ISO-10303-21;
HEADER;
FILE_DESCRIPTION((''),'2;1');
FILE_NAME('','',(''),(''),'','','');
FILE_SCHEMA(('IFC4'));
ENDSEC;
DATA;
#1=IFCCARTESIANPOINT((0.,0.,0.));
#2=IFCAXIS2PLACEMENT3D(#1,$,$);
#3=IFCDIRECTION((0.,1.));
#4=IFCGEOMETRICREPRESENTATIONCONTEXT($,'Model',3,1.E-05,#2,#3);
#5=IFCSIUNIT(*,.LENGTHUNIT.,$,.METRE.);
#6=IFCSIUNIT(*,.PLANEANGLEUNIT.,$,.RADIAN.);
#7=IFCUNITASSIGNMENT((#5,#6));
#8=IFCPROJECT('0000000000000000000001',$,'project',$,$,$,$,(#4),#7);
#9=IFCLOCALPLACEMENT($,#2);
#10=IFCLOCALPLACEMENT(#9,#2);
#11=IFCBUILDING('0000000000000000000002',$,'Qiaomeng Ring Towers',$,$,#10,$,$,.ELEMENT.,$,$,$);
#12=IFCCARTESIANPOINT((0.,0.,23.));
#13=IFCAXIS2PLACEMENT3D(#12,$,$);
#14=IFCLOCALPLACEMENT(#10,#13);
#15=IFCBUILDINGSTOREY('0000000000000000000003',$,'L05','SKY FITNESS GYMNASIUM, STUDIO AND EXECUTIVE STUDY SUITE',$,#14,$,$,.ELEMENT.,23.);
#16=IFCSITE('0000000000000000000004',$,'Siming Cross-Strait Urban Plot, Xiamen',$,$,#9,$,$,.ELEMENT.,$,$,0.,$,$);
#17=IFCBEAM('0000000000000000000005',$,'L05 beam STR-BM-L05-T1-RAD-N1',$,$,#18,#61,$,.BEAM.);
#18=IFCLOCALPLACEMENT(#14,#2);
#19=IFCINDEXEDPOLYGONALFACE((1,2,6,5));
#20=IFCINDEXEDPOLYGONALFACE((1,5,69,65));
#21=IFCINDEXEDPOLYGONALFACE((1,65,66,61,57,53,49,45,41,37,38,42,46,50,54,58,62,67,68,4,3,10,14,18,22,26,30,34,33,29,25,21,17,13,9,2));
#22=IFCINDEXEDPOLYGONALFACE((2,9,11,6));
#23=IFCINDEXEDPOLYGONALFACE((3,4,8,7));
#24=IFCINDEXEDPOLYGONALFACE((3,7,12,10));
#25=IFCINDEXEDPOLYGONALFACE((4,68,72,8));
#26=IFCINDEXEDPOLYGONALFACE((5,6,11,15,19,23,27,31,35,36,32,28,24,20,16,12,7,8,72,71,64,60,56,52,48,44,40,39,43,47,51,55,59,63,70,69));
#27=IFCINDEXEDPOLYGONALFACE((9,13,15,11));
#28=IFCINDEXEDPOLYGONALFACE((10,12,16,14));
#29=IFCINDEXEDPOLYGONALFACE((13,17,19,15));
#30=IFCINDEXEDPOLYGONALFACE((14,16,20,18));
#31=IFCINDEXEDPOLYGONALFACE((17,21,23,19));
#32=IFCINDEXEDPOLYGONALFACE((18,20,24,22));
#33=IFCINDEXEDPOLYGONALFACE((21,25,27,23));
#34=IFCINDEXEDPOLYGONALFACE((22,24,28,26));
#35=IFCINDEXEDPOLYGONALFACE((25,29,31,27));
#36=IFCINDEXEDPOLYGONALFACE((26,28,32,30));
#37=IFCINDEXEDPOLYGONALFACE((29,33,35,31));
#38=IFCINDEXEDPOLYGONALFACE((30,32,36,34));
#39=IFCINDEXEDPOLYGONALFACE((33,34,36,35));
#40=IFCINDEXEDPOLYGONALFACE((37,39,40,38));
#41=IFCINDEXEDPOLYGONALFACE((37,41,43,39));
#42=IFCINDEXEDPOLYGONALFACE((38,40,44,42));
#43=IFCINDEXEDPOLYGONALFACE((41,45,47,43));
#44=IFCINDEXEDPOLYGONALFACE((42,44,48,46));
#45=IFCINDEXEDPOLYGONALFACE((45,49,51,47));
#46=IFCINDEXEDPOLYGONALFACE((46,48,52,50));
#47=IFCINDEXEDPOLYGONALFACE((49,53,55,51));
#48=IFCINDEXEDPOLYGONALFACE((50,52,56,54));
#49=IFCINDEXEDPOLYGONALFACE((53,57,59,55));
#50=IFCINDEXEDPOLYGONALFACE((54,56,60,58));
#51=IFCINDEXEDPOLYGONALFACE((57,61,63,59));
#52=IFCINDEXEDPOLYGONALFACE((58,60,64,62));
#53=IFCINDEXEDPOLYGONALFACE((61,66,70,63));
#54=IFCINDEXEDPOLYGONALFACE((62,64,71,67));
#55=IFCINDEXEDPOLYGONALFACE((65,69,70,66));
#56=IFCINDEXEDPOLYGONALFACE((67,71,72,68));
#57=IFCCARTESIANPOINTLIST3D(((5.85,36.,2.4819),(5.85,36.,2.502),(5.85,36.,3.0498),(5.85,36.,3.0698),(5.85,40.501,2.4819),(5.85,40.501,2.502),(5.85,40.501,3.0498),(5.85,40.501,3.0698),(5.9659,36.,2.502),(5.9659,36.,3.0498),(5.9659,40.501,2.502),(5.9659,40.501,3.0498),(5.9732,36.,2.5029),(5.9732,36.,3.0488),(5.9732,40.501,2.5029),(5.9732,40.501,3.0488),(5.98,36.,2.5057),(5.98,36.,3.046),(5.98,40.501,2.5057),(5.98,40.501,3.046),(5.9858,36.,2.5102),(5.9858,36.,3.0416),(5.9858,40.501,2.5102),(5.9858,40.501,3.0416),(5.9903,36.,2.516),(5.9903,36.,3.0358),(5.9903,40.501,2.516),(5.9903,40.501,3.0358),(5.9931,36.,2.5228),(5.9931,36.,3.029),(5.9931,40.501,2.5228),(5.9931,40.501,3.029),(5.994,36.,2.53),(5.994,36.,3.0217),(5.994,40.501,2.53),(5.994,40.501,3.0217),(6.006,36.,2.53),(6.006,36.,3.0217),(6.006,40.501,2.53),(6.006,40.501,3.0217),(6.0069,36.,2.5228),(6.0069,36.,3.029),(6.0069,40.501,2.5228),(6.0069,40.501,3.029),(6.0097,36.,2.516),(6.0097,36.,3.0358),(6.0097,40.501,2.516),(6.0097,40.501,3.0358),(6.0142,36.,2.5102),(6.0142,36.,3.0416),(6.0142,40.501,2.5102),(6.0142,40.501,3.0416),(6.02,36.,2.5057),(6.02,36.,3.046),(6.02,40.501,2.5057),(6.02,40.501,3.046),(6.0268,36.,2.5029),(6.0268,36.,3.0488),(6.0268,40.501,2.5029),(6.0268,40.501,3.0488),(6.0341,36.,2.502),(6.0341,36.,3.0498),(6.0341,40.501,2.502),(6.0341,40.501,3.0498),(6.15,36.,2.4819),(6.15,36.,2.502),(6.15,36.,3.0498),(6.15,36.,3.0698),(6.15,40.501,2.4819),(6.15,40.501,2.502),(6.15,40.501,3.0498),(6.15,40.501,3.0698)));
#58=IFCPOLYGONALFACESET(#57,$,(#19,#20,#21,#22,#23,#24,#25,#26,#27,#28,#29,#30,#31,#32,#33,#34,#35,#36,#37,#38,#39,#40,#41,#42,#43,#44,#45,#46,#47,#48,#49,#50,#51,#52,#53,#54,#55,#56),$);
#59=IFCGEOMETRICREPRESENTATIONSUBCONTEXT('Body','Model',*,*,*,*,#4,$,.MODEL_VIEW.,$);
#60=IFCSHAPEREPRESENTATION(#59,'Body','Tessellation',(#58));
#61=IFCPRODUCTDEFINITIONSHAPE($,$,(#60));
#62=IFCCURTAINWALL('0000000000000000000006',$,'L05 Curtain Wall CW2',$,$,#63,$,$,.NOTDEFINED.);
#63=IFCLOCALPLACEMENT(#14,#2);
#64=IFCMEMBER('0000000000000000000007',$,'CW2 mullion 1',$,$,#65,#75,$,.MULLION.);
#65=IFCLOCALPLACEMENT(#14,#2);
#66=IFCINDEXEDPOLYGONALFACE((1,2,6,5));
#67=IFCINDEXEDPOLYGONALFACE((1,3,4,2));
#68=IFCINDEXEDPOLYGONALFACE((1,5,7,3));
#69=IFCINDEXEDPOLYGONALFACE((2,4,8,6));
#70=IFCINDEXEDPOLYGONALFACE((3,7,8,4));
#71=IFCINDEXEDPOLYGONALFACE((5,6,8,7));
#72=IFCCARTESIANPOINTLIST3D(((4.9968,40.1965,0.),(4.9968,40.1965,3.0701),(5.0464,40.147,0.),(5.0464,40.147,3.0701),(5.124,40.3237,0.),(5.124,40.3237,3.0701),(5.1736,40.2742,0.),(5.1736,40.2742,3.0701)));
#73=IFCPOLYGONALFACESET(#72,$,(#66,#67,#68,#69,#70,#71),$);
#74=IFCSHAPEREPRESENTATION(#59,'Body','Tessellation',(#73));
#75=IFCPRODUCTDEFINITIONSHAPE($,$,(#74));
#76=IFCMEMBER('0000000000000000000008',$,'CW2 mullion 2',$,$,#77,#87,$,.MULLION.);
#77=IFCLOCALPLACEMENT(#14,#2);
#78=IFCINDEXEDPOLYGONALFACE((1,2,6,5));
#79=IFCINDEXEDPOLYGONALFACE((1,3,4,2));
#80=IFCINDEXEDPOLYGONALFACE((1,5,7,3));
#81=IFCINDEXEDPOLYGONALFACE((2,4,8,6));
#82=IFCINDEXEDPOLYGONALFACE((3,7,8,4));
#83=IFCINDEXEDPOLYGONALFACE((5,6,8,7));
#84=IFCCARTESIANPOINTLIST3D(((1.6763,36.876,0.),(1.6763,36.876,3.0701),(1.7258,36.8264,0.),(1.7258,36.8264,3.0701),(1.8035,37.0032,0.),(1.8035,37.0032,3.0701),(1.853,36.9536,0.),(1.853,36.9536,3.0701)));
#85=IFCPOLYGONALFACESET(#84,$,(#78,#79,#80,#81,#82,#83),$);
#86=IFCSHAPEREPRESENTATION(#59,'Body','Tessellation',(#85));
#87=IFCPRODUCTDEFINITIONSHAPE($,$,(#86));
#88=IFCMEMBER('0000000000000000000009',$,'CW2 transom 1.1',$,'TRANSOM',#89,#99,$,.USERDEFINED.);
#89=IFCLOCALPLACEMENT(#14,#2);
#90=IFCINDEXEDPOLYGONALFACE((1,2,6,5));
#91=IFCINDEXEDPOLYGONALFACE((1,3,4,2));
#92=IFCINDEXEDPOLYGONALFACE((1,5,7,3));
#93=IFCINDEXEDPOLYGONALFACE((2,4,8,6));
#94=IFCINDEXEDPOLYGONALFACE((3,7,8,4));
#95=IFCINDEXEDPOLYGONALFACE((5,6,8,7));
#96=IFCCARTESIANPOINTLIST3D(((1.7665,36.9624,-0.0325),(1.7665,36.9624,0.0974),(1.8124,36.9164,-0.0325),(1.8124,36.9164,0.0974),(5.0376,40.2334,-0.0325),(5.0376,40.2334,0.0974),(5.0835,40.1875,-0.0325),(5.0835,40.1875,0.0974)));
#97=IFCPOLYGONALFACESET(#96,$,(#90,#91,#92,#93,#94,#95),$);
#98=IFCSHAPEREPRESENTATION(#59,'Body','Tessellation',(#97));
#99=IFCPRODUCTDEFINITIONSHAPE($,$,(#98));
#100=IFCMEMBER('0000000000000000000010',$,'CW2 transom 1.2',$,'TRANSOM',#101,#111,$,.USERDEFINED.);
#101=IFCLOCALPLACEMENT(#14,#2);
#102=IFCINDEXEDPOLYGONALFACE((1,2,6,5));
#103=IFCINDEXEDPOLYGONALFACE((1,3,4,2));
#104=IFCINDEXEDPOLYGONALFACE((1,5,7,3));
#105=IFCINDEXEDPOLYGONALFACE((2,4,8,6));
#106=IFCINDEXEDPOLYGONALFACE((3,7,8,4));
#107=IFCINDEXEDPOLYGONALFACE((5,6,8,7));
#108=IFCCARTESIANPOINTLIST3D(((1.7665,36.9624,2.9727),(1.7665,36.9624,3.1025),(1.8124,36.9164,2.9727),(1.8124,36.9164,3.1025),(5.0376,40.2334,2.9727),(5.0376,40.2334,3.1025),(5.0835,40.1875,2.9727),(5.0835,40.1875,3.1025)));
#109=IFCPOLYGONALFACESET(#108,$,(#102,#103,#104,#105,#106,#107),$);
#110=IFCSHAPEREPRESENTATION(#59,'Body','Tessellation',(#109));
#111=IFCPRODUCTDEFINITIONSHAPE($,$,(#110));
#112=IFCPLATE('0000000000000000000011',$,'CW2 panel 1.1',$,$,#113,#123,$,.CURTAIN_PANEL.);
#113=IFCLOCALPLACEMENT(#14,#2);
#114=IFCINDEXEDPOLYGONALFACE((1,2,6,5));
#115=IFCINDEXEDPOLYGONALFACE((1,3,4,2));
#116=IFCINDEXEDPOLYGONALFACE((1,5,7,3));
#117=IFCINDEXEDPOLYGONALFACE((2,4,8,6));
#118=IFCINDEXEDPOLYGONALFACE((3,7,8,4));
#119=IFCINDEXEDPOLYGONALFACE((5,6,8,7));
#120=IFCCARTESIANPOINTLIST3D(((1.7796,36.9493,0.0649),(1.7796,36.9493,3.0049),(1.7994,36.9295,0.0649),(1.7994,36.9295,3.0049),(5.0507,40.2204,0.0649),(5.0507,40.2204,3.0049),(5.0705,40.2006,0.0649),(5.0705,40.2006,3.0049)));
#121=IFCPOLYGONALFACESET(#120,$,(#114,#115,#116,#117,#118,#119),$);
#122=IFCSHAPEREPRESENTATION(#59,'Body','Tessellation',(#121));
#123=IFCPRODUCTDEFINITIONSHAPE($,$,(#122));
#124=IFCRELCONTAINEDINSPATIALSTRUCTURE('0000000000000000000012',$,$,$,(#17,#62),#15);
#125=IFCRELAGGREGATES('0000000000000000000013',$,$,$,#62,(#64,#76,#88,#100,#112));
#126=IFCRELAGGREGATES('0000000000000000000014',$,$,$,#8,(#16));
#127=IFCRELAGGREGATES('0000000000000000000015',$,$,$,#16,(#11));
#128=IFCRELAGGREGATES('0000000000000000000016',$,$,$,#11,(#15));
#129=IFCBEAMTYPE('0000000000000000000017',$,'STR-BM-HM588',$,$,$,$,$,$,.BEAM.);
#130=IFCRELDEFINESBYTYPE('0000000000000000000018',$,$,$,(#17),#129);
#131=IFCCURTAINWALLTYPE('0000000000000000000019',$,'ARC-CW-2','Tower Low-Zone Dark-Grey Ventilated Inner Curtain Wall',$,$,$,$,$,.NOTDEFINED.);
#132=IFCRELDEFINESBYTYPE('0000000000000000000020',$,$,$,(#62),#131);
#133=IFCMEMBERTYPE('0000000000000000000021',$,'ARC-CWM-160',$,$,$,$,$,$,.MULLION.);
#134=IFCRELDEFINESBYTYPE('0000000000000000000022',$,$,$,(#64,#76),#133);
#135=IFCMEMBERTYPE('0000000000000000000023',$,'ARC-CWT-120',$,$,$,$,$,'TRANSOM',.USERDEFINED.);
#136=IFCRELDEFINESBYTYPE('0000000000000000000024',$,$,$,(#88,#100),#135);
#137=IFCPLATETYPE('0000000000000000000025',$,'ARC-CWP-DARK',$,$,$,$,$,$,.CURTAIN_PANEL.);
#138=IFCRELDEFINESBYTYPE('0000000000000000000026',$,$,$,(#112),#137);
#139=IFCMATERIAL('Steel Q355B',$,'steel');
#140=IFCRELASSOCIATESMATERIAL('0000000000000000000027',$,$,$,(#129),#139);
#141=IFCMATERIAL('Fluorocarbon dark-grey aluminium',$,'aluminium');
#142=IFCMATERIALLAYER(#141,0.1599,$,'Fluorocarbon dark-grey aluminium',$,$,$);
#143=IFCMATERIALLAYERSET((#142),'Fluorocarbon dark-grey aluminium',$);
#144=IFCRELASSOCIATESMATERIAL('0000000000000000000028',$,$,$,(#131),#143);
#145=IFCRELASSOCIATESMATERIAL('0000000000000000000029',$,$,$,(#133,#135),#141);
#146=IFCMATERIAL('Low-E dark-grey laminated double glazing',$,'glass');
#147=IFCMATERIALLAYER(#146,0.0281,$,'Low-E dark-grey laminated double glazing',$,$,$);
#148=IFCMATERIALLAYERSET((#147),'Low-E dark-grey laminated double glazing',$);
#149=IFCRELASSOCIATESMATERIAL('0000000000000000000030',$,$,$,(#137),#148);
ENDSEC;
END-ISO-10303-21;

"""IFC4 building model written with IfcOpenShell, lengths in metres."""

from ifc_helpers import new_model, si_unit, direction, frame, origin, origin_2d, place, context, subcontext, project, spatial, rectangle, i_section, extrude, source, transform, mapped, material, layer, layer_set, material_profile, profile_set, type_object, element, aggregate, save


model = new_model("IFC4")

# Units and contexts
model_context = context("Model", 3, precision=1e-05, world=origin(), true_north=direction((0.0, 1.0)))
body_context = subcontext(model_context, "Body", "Model", "MODEL_VIEW")
ifc_project = project(units=[si_unit("LENGTHUNIT", "METRE"), si_unit("PLANEANGLEUNIT", "RADIAN")], contexts=[model_context])

# Site, building, storey
site_placement = place(None, origin())
site = spatial("IfcSite", under=ifc_project, at=site_placement, Name="Siming Cross-Strait Urban Plot, Xiamen", CompositionType="ELEMENT", RefElevation=0.0)
building_placement = place(site_placement, origin())
building = spatial("IfcBuilding", under=site, at=building_placement, Name="Qiaomeng Ring Towers", CompositionType="ELEMENT")
storey_placement = place(building_placement, frame((0.0, 0.0, 23.0)))
storey = spatial("IfcBuildingStorey", under=building, at=storey_placement, Name="L05", Description="SKY FITNESS GYMNASIUM, STUDIO AND EXECUTIVE STUDY SUITE", CompositionType="ELEMENT", Elevation=23.0)

# Beam
ifc_material_1 = material(Name="Steel Q355B", Category="steel")
ifc_material_profile_1 = material_profile(ifc_material_1, i_section(OverallWidth=0.3, OverallDepth=0.5879, WebThickness=0.012, FlangeThickness=0.02, FilletRadius=0.0281, at=origin_2d()), Name="HM 588x300x12x20")
ifc_profile_set_1 = profile_set([ifc_material_profile_1], Name="Steel Q355B")
beam_type_1 = type_object("IfcBeamType", Name="STR-BM-HM588", PredefinedType="BEAM", material=ifc_profile_set_1)
shared_shape_1 = source(origin(), body_context, "Body", "SweptSolid", [
    extrude(i_section(OverallWidth=0.3, OverallDepth=0.5879, WebThickness=0.012, FlangeThickness=0.02, FilletRadius=0.0281, at=origin_2d()), origin(), (0.0, 0.0, 1.0), 4.501),
])
beam_1_placement = place(storey_placement, frame((6.0, 40.501, 2.7759), z_axis=(0.0, -1.0, 0.0), x_axis=(1.0, 0.0, 0.0)))
element("IfcBeam", 1, at=beam_1_placement, inside=storey, type_object=beam_type_1, Name="L05 beam STR-BM-L05-T1-RAD-N1", PredefinedType="BEAM", context=body_context, shape_type="MappedRepresentation", body=[
    mapped(shared_shape_1, transform((0.0, 0.0, 0.0), x_axis=(1.0, 0.0, 0.0), y_axis=(0.0, 1.0, 0.0), z_axis=(0.0, 0.0, 1.0), scale=1.0)),
])

# Curtain wall, members, plate
ifc_material_2 = material(Name="Fluorocarbon dark-grey aluminium", Category="aluminium")
ifc_layer_1 = layer(ifc_material_2, 0.1599, Name="Fluorocarbon dark-grey aluminium")
ifc_layer_set_1 = layer_set([ifc_layer_1], Name="Fluorocarbon dark-grey aluminium")
curtain_wall_type = type_object("IfcCurtainWallType", Name="ARC-CW-2", Description="Tower Low-Zone Dark-Grey Ventilated Inner Curtain Wall", PredefinedType="NOTDEFINED", material=ifc_layer_set_1)
curtain_wall_placement = place(storey_placement, origin())
curtain_wall = element("IfcCurtainWall", 2, at=curtain_wall_placement, inside=storey, type_object=curtain_wall_type, Name="L05 Curtain Wall CW2", PredefinedType="NOTDEFINED")
ifc_material_profile_2 = material_profile(ifc_material_2, rectangle(XDim=0.0701, YDim=0.1799, at=origin_2d()), Name="ALU MULL 70x180")
ifc_profile_set_2 = profile_set([ifc_material_profile_2], Name="Fluorocarbon dark-grey aluminium")
member_type_1 = type_object("IfcMemberType", Name="ARC-CWM-160", PredefinedType="MULLION", material=ifc_profile_set_2)
shared_shape_2 = source(origin(), body_context, "Body", "SweptSolid", [
    extrude(rectangle(XDim=0.0701, YDim=0.1799, at=origin_2d()), origin(), (0.0, 0.0, 1.0), 3.0701),
])
member_1_placement = place(storey_placement, frame((5.0852, 40.2354, 0.0), z_axis=(0.0, 0.0, 1.0), x_axis=(0.707107, -0.707107, 0.0)))
member_1 = element("IfcMember", 3, at=member_1_placement, type_object=member_type_1, Name="CW2 mullion 1", PredefinedType="MULLION", context=body_context, shape_type="MappedRepresentation", body=[
    mapped(shared_shape_2, transform((0.0, 0.0, 0.0), x_axis=(1.0, 0.0, 0.0), y_axis=(0.0, 1.0, 0.0), z_axis=(0.0, 0.0, 1.0), scale=1.0)),
])
member_2_placement = place(storey_placement, frame((1.7646, 36.9148, 0.0), z_axis=(0.0, 0.0, 1.0), x_axis=(0.707107, -0.707107, 0.0)))
member_2 = element("IfcMember", 4, at=member_2_placement, type_object=member_type_1, Name="CW2 mullion 2", PredefinedType="MULLION", context=body_context, shape_type="MappedRepresentation", body=[
    mapped(shared_shape_2, transform((0.0, 0.0, 0.0), x_axis=(1.0, 0.0, 0.0), y_axis=(0.0, 1.0, 0.0), z_axis=(0.0, 0.0, 1.0), scale=1.0)),
])
ifc_material_profile_3 = material_profile(ifc_material_2, rectangle(XDim=0.0649, YDim=0.1299, at=origin_2d()), Name="ALU TRAN 65x130")
ifc_profile_set_3 = profile_set([ifc_material_profile_3], Name="Fluorocarbon dark-grey aluminium")
member_type_2 = type_object("IfcMemberType", Name="ARC-CWT-120", ElementType="TRANSOM", PredefinedType="USERDEFINED", material=ifc_profile_set_3)
shared_shape_3 = source(origin(), body_context, "Body", "SweptSolid", [
    extrude(rectangle(XDim=0.0649, YDim=0.1299, at=origin_2d()), origin(), (0.0, 0.0, 1.0), 4.626),
])
member_3_placement = place(storey_placement, frame((5.0605, 40.2104, 0.0325), z_axis=(-0.707107, -0.707107, 0.0), x_axis=(0.707107, -0.707107, 0.0)))
member_3 = element("IfcMember", 5, at=member_3_placement, type_object=member_type_2, Name="CW2 transom 1.1", ObjectType="TRANSOM", PredefinedType="USERDEFINED", context=body_context, shape_type="MappedRepresentation", body=[
    mapped(shared_shape_3, transform((0.0, 0.0, 0.0), x_axis=(1.0, 0.0, 0.0), y_axis=(0.0, 1.0, 0.0), z_axis=(0.0, 0.0, 1.0), scale=1.0)),
])
member_4_placement = place(storey_placement, frame((5.0605, 40.2104, 3.0376), z_axis=(-0.707107, -0.707107, 0.0), x_axis=(0.707107, -0.707107, 0.0)))
member_4 = element("IfcMember", 6, at=member_4_placement, type_object=member_type_2, Name="CW2 transom 1.2", ObjectType="TRANSOM", PredefinedType="USERDEFINED", context=body_context, shape_type="MappedRepresentation", body=[
    mapped(shared_shape_3, transform((0.0, 0.0, 0.0), x_axis=(1.0, 0.0, 0.0), y_axis=(0.0, 1.0, 0.0), z_axis=(0.0, 0.0, 1.0), scale=1.0)),
])
ifc_material_3 = material(Name="Low-E dark-grey laminated double glazing", Category="glass")
ifc_layer_2 = layer(ifc_material_3, 0.0281, Name="Low-E dark-grey laminated double glazing")
ifc_layer_set_2 = layer_set([ifc_layer_2], Name="Low-E dark-grey laminated double glazing")
plate_type = type_object("IfcPlateType", Name="ARC-CWP-DARK", PredefinedType="CURTAIN_PANEL", material=ifc_layer_set_2)
shared_shape_4 = source(origin(), body_context, "Body", "SweptSolid", [
    extrude(rectangle(XDim=4.626, YDim=0.0281, at=origin_2d()), origin(), (0.0, 0.0, 1.0), 2.9399),
])
plate_placement = place(storey_placement, frame((3.425, 38.575, 0.0649), z_axis=(0.0, 0.0, 1.0), x_axis=(-0.707107, -0.707107, 0.0)))
plate = element("IfcPlate", 7, at=plate_placement, type_object=plate_type, Name="CW2 panel 1.1", PredefinedType="CURTAIN_PANEL", context=body_context, shape_type="MappedRepresentation", body=[
    mapped(shared_shape_4, transform((0.0, 0.0, 0.0), x_axis=(1.0, 0.0, 0.0), y_axis=(0.0, 1.0, 0.0), z_axis=(0.0, 0.0, 1.0), scale=1.0)),
])
aggregate(curtain_wall, [member_1, member_2, member_3, member_4, plate])

save(model, "model.ifc")
